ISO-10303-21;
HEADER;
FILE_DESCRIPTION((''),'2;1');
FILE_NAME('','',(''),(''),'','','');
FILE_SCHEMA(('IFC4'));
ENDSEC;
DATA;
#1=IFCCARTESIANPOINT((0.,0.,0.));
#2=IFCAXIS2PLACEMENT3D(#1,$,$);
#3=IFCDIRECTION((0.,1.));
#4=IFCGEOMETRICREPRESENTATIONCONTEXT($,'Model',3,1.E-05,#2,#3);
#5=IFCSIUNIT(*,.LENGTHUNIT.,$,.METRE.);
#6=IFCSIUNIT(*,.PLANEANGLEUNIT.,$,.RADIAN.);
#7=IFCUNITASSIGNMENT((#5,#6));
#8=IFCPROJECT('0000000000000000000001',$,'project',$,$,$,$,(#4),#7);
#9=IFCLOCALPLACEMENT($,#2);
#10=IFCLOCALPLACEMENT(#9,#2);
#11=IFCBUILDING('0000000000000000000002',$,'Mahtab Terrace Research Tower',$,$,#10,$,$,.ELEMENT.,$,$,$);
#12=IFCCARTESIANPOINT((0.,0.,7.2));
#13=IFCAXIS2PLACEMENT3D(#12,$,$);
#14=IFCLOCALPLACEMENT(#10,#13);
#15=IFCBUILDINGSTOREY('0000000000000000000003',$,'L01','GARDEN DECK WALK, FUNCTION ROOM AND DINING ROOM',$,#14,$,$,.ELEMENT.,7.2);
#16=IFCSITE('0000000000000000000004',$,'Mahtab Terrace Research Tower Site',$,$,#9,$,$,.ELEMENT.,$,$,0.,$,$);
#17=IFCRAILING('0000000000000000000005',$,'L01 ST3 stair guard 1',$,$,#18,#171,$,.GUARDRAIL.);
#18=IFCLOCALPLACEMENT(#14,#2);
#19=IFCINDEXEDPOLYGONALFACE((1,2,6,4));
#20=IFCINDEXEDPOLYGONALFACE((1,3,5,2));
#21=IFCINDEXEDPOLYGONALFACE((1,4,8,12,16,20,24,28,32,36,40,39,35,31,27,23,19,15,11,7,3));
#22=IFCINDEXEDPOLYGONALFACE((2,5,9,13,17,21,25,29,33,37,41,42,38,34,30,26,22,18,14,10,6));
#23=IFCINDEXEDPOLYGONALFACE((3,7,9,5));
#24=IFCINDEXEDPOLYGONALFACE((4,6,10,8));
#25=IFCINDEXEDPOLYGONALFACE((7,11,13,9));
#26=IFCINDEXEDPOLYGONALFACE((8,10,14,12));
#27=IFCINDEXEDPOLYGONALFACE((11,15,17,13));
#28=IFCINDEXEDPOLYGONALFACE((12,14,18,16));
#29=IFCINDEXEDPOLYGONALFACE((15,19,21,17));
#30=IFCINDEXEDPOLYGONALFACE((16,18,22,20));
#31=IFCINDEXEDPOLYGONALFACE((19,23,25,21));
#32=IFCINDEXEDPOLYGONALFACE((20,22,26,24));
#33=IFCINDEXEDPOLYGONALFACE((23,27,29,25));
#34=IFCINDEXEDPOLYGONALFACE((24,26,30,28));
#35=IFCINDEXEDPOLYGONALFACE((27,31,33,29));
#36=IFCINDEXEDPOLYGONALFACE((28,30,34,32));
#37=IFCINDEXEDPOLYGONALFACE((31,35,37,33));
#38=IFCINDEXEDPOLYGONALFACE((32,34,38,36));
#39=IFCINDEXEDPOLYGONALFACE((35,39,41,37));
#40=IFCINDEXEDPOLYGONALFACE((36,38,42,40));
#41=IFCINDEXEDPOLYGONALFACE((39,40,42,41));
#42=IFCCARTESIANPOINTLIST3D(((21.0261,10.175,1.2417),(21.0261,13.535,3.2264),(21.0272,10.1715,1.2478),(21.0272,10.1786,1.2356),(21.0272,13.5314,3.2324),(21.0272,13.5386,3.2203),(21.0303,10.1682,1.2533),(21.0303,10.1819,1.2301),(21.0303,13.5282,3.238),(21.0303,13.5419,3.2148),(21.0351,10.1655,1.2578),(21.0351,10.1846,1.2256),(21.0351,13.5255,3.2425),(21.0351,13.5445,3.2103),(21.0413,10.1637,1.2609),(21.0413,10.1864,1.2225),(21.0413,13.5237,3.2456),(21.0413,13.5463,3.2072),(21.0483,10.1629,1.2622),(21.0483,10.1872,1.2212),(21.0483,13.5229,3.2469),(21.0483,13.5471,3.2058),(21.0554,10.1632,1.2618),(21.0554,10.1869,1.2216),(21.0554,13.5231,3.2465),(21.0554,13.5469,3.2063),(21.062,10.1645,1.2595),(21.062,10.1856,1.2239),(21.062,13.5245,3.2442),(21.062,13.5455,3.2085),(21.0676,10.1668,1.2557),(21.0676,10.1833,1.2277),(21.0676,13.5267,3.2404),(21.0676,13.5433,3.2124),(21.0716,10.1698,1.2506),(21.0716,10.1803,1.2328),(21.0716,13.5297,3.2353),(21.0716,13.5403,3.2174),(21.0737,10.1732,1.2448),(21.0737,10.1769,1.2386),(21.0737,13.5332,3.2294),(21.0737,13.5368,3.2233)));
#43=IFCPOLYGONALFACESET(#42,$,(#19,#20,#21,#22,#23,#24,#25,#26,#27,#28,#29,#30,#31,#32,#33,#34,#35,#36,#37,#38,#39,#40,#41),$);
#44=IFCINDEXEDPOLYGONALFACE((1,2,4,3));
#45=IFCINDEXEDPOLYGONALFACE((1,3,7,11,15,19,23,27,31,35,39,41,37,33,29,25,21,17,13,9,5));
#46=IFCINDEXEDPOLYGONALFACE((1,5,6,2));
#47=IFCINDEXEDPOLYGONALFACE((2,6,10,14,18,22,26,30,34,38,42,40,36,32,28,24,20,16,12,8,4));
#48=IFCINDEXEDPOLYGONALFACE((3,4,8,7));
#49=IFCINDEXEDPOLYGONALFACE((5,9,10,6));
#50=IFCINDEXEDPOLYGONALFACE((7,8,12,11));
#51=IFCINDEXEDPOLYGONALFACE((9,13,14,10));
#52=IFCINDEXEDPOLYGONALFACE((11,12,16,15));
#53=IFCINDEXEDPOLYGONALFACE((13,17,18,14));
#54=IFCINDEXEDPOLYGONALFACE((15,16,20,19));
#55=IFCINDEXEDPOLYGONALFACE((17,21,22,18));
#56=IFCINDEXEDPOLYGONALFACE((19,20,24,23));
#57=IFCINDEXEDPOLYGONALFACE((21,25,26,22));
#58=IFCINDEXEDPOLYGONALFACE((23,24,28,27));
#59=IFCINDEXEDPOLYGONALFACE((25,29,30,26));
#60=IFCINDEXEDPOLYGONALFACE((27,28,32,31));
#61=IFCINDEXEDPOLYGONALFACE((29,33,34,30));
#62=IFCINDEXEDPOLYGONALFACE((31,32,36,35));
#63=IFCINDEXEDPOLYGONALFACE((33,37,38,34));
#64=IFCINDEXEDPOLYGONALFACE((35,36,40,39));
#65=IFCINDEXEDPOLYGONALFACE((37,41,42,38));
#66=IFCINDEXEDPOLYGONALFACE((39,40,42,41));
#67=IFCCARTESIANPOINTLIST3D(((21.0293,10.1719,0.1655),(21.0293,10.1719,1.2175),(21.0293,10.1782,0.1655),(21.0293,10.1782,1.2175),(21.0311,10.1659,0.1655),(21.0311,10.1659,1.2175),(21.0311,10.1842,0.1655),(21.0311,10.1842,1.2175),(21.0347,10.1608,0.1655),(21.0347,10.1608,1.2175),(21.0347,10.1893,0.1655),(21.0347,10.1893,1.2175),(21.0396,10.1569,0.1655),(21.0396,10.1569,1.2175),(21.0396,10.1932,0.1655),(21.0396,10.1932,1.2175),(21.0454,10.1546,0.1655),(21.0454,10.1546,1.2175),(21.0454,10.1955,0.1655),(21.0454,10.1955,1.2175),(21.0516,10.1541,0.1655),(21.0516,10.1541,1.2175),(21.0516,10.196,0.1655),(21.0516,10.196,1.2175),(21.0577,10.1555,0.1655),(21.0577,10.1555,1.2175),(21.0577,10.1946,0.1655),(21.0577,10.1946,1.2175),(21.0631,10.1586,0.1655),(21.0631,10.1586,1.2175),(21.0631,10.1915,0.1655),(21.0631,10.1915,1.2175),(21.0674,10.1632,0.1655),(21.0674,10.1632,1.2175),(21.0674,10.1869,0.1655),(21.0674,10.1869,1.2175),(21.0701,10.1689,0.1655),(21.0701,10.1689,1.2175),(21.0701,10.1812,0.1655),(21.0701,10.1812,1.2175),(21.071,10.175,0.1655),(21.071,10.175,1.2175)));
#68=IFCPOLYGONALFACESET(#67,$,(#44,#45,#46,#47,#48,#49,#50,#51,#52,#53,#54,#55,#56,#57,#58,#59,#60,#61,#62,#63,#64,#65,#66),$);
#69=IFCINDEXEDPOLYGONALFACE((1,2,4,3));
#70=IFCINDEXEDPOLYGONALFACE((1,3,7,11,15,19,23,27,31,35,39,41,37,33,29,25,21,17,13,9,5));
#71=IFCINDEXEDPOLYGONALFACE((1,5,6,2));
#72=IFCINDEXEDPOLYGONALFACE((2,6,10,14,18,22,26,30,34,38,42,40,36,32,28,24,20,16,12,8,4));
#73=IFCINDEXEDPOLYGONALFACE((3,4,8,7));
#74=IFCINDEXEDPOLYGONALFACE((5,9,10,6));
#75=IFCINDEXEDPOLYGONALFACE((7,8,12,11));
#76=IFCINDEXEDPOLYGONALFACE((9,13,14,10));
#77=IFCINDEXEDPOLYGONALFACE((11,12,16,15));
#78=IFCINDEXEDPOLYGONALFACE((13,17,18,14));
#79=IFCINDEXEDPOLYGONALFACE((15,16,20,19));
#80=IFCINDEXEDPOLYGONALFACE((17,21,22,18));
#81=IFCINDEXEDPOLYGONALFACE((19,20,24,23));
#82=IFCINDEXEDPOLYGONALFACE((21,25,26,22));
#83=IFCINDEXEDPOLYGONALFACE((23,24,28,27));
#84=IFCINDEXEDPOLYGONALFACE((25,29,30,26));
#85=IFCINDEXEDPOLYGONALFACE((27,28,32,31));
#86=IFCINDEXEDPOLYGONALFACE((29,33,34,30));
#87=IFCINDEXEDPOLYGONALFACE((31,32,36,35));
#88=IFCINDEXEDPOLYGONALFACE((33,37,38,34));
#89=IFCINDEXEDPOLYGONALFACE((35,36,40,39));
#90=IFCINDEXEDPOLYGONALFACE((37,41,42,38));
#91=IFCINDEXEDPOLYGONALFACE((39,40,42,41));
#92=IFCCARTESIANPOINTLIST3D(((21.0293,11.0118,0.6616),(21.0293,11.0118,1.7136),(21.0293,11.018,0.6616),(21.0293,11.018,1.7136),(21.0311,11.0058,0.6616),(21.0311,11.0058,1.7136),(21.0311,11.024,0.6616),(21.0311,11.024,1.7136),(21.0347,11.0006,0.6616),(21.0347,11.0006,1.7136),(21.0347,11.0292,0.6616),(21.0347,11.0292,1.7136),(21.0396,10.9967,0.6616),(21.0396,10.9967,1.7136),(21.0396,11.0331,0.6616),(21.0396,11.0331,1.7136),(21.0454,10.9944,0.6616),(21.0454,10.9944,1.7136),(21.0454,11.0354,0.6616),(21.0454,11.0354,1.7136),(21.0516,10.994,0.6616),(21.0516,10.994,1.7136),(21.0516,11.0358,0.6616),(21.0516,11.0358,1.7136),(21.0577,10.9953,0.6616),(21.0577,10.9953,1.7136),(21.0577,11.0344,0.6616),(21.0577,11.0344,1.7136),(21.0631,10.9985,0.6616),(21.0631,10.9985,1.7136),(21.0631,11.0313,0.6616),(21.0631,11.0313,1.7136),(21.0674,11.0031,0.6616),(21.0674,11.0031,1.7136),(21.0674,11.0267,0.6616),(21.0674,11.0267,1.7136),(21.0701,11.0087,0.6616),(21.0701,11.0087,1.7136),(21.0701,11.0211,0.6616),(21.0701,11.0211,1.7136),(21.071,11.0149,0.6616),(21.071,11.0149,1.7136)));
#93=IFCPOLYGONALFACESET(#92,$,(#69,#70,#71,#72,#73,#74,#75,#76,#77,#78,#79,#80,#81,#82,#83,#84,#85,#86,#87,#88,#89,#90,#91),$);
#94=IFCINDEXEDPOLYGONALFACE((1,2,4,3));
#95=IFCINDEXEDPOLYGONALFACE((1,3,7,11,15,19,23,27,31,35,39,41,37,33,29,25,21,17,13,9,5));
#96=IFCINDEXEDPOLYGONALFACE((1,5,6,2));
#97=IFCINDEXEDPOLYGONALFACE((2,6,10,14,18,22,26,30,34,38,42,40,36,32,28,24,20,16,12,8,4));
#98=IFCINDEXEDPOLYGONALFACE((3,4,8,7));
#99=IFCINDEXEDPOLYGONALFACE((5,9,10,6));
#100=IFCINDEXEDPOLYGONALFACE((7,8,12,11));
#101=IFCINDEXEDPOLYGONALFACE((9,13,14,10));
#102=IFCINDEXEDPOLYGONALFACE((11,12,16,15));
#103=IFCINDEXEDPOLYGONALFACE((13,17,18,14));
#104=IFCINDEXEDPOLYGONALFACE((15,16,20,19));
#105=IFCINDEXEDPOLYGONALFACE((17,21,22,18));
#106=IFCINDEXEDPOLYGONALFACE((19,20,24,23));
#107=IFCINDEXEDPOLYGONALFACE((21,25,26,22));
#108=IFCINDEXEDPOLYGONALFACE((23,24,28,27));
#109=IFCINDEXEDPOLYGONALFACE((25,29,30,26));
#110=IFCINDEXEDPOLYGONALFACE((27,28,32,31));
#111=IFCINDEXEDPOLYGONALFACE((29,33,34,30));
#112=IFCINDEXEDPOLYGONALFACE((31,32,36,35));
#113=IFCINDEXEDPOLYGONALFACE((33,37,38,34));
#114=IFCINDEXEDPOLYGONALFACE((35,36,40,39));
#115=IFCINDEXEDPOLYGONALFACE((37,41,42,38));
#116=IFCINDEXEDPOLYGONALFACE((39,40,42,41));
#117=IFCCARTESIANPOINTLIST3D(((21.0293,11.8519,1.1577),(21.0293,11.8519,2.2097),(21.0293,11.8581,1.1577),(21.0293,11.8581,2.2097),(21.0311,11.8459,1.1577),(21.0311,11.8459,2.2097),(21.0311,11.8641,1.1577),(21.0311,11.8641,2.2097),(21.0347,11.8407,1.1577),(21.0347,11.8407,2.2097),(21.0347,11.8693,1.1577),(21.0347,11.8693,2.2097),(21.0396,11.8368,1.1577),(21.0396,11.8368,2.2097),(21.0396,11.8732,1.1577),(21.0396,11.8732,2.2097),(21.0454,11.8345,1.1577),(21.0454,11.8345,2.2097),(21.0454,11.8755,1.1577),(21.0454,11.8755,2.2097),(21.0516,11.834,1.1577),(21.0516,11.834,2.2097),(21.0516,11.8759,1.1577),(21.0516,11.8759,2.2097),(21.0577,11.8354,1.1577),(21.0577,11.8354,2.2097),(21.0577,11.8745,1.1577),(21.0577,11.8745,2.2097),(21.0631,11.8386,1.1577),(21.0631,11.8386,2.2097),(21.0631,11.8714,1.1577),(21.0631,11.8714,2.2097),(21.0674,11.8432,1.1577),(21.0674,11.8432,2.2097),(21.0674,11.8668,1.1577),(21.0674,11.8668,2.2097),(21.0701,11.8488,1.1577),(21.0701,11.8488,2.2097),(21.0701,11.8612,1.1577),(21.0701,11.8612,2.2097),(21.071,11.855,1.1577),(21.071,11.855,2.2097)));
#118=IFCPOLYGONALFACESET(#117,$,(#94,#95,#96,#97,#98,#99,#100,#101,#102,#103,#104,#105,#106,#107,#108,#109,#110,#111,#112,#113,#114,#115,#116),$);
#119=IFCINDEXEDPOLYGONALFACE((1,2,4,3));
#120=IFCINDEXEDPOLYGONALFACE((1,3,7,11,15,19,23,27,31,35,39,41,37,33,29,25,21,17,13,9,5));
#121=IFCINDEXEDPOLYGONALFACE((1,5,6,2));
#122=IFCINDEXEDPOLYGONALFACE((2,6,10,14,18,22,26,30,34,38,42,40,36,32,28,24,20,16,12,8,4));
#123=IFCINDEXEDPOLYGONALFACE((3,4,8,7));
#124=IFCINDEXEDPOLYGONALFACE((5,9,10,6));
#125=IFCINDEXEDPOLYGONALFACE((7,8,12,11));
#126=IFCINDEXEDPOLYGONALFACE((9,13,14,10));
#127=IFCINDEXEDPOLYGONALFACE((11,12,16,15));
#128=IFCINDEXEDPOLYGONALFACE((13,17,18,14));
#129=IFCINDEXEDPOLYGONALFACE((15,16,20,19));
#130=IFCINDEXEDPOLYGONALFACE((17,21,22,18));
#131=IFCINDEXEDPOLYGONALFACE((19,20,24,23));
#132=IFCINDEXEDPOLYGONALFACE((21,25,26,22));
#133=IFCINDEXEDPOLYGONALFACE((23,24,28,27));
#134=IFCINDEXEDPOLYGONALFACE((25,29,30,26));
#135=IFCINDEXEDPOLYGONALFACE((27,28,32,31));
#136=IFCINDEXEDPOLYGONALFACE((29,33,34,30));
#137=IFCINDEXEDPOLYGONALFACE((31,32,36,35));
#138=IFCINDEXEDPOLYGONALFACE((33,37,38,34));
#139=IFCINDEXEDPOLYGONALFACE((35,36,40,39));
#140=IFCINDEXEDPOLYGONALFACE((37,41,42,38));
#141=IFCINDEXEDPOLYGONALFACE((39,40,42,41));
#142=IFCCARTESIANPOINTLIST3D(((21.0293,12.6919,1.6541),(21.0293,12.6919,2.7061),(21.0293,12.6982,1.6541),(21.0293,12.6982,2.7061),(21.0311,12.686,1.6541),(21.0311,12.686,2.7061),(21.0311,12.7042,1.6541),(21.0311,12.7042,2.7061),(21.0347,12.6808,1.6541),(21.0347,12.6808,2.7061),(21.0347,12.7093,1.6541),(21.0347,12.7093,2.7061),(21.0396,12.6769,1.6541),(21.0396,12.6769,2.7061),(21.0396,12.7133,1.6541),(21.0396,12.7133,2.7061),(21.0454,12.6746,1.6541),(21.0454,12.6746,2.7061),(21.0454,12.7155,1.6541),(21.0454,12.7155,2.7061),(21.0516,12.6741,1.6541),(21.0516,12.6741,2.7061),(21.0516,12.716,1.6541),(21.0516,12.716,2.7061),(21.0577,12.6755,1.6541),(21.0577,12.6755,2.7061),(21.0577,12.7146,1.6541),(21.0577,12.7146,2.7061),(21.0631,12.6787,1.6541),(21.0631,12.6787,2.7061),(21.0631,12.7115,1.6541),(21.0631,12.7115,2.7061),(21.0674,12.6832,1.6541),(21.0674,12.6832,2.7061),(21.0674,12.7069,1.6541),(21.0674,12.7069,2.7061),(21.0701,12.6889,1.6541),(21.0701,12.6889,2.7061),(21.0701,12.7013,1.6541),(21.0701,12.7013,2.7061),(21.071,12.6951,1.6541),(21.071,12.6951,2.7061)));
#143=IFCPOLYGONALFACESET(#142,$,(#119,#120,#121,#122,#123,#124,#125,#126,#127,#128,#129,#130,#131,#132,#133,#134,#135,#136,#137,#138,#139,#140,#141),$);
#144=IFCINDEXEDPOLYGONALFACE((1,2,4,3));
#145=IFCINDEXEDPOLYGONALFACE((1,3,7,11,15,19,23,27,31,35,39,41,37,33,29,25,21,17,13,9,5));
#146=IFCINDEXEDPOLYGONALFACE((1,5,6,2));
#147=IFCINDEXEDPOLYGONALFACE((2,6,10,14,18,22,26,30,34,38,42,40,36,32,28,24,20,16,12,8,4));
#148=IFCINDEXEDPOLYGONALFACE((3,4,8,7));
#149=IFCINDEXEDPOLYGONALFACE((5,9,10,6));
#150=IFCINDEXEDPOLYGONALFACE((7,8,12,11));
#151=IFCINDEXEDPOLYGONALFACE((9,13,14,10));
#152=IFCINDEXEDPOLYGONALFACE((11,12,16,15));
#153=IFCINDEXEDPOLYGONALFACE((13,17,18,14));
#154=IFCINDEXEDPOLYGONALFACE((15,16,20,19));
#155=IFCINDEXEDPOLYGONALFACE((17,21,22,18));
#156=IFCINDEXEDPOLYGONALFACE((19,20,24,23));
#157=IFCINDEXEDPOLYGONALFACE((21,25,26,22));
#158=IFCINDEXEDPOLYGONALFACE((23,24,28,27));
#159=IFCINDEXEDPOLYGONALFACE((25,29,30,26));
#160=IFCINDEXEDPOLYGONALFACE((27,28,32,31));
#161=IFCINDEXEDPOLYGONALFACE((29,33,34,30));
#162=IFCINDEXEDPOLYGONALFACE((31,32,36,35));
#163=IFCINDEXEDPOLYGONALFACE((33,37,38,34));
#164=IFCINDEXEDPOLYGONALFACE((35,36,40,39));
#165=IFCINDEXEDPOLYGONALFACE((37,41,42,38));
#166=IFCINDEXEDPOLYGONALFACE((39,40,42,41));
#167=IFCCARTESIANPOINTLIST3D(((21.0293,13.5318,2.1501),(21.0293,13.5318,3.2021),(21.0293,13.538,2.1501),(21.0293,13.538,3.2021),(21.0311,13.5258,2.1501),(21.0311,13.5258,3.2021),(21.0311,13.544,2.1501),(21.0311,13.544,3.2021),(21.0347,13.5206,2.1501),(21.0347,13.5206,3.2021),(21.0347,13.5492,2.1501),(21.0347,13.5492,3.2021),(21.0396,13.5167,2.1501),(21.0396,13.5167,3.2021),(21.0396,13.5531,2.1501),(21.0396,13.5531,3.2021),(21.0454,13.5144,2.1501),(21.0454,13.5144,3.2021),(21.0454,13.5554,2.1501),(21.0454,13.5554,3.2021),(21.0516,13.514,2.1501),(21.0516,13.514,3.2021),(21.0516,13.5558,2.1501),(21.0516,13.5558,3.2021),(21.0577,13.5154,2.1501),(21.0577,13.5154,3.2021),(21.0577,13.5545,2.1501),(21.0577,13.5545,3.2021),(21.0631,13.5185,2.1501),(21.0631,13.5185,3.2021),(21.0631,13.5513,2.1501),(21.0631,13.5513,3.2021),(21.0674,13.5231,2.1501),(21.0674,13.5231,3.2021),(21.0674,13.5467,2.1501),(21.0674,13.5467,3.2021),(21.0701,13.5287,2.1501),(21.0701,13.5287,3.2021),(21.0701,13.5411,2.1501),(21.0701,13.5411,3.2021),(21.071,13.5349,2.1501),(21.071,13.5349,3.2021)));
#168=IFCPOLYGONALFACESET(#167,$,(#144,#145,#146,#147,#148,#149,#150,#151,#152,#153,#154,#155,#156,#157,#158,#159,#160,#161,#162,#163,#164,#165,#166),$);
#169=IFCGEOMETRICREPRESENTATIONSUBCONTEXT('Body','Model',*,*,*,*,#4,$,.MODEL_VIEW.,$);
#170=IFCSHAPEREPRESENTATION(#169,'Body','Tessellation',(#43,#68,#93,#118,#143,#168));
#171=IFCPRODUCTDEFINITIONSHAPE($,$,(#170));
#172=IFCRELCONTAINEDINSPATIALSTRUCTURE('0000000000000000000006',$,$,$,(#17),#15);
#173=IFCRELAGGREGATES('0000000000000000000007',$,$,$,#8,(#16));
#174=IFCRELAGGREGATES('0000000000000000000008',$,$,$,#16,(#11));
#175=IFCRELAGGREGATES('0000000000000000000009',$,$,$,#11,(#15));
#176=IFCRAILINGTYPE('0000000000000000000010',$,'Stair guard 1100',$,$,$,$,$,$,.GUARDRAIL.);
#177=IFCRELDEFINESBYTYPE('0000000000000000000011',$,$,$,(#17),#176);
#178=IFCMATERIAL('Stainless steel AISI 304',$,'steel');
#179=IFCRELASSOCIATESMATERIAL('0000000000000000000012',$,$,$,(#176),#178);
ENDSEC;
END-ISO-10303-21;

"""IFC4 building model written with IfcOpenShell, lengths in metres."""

from ifc_helpers import new_model, si_unit, direction, frame, origin, origin_2d, place, context, subcontext, project, spatial, circle, extrude, material, type_object, element, save


model = new_model("IFC4")

# Units and contexts
model_context = context("Model", 3, precision=1e-05, world=origin(), true_north=direction((0.0, 1.0)))
body_context = subcontext(model_context, "Body", "Model", "MODEL_VIEW")
ifc_project = project(units=[si_unit("LENGTHUNIT", "METRE"), si_unit("PLANEANGLEUNIT", "RADIAN")], contexts=[model_context])

# Site, building, storey
site_placement = place(None, origin())
site = spatial("IfcSite", under=ifc_project, at=site_placement, Name="Mahtab Terrace Research Tower Site", CompositionType="ELEMENT", RefElevation=0.0)
building_placement = place(site_placement, origin())
building = spatial("IfcBuilding", under=site, at=building_placement, Name="Mahtab Terrace Research Tower", CompositionType="ELEMENT")
storey_placement = place(building_placement, frame((0.0, 0.0, 7.2)))
storey = spatial("IfcBuildingStorey", under=building, at=storey_placement, Name="L01", Description="GARDEN DECK WALK, FUNCTION ROOM AND DINING ROOM", CompositionType="ELEMENT", Elevation=7.2)

# Railing
ifc_material_1 = material(Name="Stainless steel AISI 304", Category="steel")
railing_type_1 = type_object("IfcRailingType", Name="Stair guard 1100", PredefinedType="GUARDRAIL", material=ifc_material_1)
railing_1_placement = place(storey_placement, frame((21.05, 10.175, 0.1655)))
element("IfcRailing", 1, at=railing_1_placement, inside=storey, type_object=railing_type_1, Name="L01 ST3 stair guard 1", PredefinedType="GUARDRAIL", context=body_context, shape_type="SweptSolid", body=[
    extrude(circle(Radius=0.0239, at=origin_2d()), frame((0.0, 0.0, 1.0762), z_axis=(0.0, 0.861011, 0.508586), x_axis=(-1.0, 0.0, 0.0)), (0.0, 0.0, 1.0), 3.9023),
    extrude(circle(Radius=0.021, at=origin_2d()), origin(), (0.0, 0.0, 1.0), 1.052),
    extrude(circle(Radius=0.021, at=origin_2d()), frame((0.0, 0.8398, 0.4961)), (0.0, 0.0, 1.0), 1.052),
    extrude(circle(Radius=0.021, at=origin_2d()), frame((0.0, 1.6799, 0.9922)), (0.0, 0.0, 1.0), 1.052),
    extrude(circle(Radius=0.021, at=origin_2d()), frame((0.0, 2.52, 1.4885)), (0.0, 0.0, 1.0), 1.052),
    extrude(circle(Radius=0.021, at=origin_2d()), frame((0.0, 3.3599, 1.9846)), (0.0, 0.0, 1.0), 1.052),
])

save(model, "model.ifc")
